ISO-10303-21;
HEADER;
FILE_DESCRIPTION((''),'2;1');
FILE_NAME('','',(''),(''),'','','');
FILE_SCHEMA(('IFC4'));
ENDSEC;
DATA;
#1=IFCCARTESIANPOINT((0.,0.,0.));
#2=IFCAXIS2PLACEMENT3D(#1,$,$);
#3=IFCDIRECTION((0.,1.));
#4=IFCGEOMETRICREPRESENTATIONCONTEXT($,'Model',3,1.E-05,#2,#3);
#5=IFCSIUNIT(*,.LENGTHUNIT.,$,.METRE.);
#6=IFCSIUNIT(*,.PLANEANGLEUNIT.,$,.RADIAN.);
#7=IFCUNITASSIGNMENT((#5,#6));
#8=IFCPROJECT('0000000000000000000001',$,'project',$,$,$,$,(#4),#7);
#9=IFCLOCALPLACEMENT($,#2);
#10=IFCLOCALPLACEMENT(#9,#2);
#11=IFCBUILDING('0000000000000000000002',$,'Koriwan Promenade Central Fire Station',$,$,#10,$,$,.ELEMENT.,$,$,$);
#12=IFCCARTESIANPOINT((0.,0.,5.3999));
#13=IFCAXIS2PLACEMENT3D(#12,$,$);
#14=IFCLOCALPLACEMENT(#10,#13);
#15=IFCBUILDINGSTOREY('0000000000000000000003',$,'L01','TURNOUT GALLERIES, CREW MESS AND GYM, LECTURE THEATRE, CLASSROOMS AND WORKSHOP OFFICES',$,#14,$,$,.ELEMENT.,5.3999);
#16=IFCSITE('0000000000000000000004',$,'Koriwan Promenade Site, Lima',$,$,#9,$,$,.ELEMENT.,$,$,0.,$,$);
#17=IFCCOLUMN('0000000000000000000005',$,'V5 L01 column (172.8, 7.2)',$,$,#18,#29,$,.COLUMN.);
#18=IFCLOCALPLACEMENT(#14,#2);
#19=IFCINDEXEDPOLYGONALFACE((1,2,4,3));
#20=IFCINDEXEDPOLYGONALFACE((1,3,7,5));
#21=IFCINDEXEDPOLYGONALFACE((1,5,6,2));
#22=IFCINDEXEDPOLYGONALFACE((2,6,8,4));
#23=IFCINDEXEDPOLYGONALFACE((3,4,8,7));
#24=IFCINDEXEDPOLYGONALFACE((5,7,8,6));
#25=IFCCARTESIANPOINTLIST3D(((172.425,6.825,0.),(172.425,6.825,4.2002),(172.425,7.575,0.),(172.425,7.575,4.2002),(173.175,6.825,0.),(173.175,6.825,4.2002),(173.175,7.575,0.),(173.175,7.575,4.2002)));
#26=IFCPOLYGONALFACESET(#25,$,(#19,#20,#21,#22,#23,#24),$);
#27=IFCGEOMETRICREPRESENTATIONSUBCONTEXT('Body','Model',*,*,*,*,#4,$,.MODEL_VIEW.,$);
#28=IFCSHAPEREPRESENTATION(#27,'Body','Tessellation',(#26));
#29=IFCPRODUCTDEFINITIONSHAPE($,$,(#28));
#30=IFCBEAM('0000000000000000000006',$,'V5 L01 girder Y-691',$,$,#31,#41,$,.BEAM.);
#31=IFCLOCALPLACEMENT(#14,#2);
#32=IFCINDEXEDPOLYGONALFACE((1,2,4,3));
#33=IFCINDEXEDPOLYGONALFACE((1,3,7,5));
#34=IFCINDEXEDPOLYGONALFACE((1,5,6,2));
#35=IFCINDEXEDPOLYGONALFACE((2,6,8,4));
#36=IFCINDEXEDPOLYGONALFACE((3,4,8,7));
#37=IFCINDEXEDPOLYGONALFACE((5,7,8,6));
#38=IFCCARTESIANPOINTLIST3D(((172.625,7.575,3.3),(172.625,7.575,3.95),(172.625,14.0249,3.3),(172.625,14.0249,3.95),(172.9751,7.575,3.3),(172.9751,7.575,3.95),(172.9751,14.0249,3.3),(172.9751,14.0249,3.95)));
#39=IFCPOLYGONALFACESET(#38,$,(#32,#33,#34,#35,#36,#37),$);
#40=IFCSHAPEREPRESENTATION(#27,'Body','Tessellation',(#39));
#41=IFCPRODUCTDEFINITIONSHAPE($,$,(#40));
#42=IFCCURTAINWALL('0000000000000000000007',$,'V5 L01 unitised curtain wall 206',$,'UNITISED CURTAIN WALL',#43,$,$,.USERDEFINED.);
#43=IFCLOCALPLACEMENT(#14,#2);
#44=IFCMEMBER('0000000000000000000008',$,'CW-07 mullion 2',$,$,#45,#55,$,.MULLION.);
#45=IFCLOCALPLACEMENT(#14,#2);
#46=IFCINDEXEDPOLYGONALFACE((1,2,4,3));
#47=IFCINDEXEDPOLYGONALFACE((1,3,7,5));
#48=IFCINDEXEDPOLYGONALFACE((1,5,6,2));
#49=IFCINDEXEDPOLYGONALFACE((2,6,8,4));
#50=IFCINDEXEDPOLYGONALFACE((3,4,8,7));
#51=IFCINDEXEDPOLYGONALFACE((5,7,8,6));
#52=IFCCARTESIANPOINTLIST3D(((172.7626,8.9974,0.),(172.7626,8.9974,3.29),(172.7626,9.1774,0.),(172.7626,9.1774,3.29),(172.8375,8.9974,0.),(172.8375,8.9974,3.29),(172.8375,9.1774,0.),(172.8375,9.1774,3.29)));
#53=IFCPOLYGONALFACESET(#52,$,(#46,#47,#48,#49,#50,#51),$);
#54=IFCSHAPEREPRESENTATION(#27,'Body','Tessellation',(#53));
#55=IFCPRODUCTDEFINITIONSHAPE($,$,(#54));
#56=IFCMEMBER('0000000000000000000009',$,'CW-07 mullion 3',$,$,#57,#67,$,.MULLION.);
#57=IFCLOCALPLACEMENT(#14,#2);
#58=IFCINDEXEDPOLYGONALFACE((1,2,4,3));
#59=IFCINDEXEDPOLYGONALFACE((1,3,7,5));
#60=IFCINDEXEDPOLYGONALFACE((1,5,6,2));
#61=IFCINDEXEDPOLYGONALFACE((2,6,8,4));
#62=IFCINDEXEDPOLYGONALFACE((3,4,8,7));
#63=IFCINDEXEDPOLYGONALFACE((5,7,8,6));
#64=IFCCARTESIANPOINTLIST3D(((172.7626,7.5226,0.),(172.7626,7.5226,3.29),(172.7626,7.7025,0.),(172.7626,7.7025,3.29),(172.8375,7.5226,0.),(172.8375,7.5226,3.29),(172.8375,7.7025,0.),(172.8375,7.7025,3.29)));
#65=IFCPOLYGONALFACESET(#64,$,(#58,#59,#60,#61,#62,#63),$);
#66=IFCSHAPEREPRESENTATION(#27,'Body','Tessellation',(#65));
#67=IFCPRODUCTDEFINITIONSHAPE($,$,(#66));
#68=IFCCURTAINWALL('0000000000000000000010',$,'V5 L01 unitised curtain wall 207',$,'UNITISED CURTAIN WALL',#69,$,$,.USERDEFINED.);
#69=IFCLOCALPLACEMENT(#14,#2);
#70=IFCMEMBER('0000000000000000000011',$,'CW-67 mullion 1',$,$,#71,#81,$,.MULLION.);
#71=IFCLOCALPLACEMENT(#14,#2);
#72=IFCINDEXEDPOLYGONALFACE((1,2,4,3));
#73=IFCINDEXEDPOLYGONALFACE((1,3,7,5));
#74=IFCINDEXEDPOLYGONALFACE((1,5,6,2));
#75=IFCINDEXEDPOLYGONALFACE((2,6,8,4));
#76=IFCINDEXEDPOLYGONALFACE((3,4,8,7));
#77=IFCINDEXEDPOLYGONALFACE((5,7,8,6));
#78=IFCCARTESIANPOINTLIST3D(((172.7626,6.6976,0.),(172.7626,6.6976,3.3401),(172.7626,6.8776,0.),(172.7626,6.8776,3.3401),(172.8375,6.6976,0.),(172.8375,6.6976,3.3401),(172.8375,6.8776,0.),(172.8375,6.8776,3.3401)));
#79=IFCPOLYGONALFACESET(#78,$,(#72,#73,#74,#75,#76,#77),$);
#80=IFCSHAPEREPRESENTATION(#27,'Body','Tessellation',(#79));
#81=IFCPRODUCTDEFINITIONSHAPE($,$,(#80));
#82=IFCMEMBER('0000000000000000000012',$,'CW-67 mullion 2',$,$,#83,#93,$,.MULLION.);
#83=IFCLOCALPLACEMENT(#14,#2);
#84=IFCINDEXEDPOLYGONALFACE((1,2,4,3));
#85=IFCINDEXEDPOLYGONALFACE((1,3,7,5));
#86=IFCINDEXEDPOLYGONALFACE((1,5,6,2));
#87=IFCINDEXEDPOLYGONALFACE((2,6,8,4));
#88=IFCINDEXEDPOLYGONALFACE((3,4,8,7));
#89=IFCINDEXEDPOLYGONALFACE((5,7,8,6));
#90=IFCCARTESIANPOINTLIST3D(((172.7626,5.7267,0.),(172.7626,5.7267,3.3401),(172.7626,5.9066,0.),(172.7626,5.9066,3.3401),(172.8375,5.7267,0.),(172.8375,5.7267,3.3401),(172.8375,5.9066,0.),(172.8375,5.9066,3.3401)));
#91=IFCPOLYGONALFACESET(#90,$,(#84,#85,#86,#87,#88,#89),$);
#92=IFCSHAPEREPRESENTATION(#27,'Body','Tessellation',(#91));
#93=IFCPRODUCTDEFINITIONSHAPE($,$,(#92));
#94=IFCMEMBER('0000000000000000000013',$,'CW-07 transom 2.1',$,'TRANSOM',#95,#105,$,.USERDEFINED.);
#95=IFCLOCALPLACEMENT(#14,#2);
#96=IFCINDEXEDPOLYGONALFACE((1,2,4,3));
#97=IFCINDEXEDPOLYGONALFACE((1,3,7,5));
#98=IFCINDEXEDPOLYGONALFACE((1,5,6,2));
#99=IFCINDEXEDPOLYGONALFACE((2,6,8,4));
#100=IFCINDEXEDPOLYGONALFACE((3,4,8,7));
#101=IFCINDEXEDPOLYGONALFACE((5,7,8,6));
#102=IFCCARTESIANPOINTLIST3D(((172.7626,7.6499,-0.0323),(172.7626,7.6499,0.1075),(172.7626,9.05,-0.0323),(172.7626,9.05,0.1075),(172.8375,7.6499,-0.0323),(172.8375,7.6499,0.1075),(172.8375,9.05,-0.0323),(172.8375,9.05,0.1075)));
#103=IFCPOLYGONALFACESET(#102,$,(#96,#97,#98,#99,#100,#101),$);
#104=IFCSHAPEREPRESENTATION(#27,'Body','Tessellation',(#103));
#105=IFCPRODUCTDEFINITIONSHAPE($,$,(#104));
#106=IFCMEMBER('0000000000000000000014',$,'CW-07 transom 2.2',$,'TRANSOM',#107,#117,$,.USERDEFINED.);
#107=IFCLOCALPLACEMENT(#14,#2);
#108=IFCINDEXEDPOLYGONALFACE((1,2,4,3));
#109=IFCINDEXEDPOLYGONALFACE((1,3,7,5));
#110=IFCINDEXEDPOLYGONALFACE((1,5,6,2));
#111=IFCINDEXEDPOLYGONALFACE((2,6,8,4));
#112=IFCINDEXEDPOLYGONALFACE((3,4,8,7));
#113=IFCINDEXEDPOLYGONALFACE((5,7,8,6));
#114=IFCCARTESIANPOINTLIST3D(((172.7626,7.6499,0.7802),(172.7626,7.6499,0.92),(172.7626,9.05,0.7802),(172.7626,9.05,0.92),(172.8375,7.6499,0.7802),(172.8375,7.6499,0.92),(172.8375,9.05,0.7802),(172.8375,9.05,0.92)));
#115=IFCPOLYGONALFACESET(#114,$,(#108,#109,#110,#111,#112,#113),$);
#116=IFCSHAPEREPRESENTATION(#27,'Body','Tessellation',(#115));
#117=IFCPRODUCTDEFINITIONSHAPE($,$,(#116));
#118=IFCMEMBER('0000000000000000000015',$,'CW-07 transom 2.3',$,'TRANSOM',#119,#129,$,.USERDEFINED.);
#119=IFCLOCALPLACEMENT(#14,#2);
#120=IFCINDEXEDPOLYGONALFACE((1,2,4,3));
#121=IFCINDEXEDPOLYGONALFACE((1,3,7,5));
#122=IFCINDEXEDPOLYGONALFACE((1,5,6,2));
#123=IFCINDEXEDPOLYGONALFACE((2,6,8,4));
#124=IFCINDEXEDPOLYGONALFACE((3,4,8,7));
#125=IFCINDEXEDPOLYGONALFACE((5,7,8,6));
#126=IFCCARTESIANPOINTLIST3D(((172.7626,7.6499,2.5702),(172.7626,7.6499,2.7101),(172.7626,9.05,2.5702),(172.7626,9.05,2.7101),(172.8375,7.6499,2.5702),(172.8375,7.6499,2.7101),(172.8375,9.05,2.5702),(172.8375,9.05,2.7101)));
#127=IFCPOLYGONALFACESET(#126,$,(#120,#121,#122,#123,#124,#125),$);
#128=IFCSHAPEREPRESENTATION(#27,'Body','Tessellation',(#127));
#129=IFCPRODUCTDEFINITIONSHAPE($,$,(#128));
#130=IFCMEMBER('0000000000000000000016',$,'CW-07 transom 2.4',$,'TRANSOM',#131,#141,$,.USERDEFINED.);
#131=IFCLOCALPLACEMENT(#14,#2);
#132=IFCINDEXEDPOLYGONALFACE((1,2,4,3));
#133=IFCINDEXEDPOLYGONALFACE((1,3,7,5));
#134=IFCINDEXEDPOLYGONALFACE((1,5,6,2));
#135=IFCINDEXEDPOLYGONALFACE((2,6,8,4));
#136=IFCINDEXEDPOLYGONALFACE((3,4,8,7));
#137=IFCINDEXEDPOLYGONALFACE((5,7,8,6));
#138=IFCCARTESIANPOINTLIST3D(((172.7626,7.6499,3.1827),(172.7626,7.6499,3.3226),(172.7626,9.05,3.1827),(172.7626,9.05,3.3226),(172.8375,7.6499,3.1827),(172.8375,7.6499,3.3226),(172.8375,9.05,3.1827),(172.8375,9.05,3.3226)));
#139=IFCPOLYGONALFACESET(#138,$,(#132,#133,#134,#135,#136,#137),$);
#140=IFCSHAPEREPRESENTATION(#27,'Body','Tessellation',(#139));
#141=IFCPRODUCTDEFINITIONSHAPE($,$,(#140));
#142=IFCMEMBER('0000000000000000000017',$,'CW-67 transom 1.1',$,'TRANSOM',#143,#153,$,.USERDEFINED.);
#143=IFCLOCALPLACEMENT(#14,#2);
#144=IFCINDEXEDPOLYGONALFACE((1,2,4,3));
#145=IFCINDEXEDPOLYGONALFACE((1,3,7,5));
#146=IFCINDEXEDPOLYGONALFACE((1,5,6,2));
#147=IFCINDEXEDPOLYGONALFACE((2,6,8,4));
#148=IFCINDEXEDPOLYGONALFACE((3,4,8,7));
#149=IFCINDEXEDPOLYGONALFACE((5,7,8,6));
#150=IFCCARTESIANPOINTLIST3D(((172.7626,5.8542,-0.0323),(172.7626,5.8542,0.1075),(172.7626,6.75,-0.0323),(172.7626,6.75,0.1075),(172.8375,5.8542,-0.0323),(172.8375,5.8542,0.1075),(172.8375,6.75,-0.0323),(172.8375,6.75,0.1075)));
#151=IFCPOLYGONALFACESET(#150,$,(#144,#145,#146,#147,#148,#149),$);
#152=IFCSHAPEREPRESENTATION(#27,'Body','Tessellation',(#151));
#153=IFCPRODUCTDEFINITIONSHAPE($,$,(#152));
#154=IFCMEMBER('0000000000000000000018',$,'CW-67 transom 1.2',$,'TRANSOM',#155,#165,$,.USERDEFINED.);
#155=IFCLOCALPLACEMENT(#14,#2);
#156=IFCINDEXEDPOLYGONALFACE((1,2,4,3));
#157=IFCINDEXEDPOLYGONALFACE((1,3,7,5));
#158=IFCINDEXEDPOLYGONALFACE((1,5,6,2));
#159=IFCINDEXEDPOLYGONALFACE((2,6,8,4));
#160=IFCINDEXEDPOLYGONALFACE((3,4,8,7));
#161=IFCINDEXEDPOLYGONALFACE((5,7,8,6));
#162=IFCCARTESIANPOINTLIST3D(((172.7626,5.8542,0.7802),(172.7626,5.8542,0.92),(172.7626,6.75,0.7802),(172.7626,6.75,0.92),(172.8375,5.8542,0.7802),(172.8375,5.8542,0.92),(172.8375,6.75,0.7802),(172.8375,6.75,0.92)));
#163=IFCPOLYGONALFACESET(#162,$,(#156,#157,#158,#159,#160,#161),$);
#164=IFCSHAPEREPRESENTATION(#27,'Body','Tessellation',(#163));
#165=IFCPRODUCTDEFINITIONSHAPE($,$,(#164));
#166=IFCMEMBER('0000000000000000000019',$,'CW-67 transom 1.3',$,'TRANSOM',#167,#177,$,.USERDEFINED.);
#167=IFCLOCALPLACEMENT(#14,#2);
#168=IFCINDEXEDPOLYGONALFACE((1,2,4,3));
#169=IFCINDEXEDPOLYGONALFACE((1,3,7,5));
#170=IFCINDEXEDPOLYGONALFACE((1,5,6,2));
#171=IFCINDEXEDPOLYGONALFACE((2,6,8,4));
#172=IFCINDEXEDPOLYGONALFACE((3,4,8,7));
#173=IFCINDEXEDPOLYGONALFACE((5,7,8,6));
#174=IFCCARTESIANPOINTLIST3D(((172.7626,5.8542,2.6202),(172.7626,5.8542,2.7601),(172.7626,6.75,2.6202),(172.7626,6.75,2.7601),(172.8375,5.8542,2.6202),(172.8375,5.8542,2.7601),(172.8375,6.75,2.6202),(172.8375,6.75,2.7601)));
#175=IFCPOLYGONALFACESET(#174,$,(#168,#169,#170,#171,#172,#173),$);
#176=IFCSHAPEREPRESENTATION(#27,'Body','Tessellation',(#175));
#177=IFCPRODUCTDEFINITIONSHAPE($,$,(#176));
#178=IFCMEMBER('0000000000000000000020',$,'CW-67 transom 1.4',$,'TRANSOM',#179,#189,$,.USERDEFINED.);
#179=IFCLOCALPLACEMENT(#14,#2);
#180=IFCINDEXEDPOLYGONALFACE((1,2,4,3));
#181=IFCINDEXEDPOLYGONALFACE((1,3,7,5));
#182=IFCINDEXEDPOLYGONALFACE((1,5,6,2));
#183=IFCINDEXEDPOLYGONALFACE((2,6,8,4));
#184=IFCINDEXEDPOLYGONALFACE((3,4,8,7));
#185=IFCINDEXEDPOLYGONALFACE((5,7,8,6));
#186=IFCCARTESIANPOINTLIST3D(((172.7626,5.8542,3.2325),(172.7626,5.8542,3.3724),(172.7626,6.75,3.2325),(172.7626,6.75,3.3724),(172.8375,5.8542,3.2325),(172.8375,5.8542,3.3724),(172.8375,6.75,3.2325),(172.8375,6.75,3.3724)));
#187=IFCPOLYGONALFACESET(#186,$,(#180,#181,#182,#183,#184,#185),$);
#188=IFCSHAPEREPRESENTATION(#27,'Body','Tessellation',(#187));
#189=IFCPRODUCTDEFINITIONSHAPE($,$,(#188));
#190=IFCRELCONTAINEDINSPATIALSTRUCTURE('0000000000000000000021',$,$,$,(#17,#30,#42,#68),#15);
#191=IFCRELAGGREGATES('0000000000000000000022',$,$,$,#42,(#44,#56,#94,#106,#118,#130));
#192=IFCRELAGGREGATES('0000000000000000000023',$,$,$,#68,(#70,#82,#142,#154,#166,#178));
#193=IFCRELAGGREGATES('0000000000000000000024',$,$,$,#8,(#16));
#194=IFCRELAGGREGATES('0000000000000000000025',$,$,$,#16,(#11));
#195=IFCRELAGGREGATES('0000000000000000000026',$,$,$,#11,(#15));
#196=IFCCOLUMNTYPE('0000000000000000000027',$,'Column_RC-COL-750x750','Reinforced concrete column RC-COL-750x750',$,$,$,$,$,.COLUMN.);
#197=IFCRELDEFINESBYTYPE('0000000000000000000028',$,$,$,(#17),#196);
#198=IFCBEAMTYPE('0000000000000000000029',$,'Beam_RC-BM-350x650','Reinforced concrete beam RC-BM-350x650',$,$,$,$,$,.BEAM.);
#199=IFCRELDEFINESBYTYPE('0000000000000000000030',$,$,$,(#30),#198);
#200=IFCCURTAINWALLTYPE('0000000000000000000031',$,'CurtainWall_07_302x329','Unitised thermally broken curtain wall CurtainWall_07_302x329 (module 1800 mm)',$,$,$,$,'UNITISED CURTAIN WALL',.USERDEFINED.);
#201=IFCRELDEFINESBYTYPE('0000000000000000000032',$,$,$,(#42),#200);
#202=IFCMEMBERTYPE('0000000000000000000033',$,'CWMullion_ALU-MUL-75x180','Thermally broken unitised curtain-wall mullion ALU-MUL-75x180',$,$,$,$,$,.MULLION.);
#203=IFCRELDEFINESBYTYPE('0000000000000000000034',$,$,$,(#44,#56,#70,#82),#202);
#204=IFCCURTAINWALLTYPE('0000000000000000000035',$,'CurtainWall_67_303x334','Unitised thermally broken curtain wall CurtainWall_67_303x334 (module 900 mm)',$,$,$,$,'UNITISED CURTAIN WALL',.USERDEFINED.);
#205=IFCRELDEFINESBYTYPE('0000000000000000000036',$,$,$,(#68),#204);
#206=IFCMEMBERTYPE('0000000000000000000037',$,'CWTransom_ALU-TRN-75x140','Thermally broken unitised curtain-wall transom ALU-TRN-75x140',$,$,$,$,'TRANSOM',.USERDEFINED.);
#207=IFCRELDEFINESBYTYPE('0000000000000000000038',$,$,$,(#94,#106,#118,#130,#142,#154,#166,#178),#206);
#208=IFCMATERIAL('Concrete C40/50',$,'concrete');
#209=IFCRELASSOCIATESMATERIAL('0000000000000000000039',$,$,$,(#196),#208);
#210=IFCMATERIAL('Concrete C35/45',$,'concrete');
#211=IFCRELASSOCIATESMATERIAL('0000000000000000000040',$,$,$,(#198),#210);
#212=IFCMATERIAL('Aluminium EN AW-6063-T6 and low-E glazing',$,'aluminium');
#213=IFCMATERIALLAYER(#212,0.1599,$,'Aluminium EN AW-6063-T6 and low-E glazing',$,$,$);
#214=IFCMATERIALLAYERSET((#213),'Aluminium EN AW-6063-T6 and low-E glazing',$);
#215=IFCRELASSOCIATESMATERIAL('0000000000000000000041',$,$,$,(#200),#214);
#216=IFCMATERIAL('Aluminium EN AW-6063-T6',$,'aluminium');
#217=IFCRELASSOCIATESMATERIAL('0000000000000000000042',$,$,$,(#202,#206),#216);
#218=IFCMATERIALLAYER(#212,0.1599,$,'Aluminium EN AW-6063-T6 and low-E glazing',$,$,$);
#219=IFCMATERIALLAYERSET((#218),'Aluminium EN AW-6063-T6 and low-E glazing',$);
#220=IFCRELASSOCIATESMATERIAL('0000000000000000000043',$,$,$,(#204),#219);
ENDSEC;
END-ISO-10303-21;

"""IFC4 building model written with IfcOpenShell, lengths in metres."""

from ifc_helpers import new_model, si_unit, direction, frame, origin, origin_2d, place, context, subcontext, project, spatial, rectangle, extrude, material, layer, layer_set, material_profile, profile_set, type_object, element, aggregate, save


model = new_model("IFC4")

# Units and contexts
model_context = context("Model", 3, precision=1e-05, world=origin(), true_north=direction((0.0, 1.0)))
body_context = subcontext(model_context, "Body", "Model", "MODEL_VIEW")
ifc_project = project(units=[si_unit("LENGTHUNIT", "METRE"), si_unit("PLANEANGLEUNIT", "RADIAN")], contexts=[model_context])

# Site, building, storey
site_placement = place(None, origin())
site = spatial("IfcSite", under=ifc_project, at=site_placement, Name="Koriwan Promenade Site, Lima", CompositionType="ELEMENT", RefElevation=0.0)
building_placement = place(site_placement, origin())
building = spatial("IfcBuilding", under=site, at=building_placement, Name="Koriwan Promenade Central Fire Station", CompositionType="ELEMENT")
storey_placement = place(building_placement, frame((0.0, 0.0, 5.3999)))
storey = spatial("IfcBuildingStorey", under=building, at=storey_placement, Name="L01", Description="TURNOUT GALLERIES, CREW MESS AND GYM, LECTURE THEATRE, CLASSROOMS AND WORKSHOP OFFICES", CompositionType="ELEMENT", Elevation=5.3999)

# Column
ifc_material_1 = material(Name="Concrete C40/50", Category="concrete")
ifc_material_profile_1 = material_profile(ifc_material_1, rectangle(XDim=0.75, YDim=0.75, at=origin_2d()), Name="RC-COL-750x750")
ifc_profile_set_1 = profile_set([ifc_material_profile_1], Name="Concrete C40/50")
column_type = type_object("IfcColumnType", Name="Column_RC-COL-750x750", Description="Reinforced concrete column RC-COL-750x750", PredefinedType="COLUMN", material=ifc_profile_set_1)
column_placement = place(storey_placement, frame((172.8, 7.2, 0.0), z_axis=(0.0, 0.0, 1.0), x_axis=(1.0, 0.0, 0.0)))
element("IfcColumn", 1, at=column_placement, inside=storey, type_object=column_type, Name="V5 L01 column (172.8, 7.2)", PredefinedType="COLUMN", context=body_context, shape_type="SweptSolid", body=[
    extrude(rectangle(XDim=0.75, YDim=0.75, at=origin_2d()), origin(), (0.0, 0.0, 1.0), 4.2002),
])

# Beam
ifc_material_2 = material(Name="Concrete C35/45", Category="concrete")
ifc_material_profile_2 = material_profile(ifc_material_2, rectangle(XDim=0.3501, YDim=0.6499, at=origin_2d()), Name="RC-BM-350x650")
ifc_profile_set_2 = profile_set([ifc_material_profile_2], Name="Concrete C35/45")
beam_type = type_object("IfcBeamType", Name="Beam_RC-BM-350x650", Description="Reinforced concrete beam RC-BM-350x650", PredefinedType="BEAM", material=ifc_profile_set_2)
beam_placement = place(storey_placement, frame((172.8, 7.575, 3.625), z_axis=(0.0, 1.0, 0.0), x_axis=(-1.0, 0.0, 0.0)))
element("IfcBeam", 2, at=beam_placement, inside=storey, type_object=beam_type, Name="V5 L01 girder Y-691", PredefinedType="BEAM", context=body_context, shape_type="SweptSolid", body=[
    extrude(rectangle(XDim=0.3501, YDim=0.6499, at=origin_2d()), origin(), (0.0, 0.0, 1.0), 6.45),
])

# Curtain walls, members
ifc_material_3 = material(Name="Aluminium EN AW-6063-T6 and low-E glazing", Category="aluminium")
ifc_layer_1 = layer(ifc_material_3, 0.1599, Name="Aluminium EN AW-6063-T6 and low-E glazing")
ifc_layer_set_1 = layer_set([ifc_layer_1], Name="Aluminium EN AW-6063-T6 and low-E glazing")
curtain_wall_type_1 = type_object("IfcCurtainWallType", Name="CurtainWall_07_302x329", Description="Unitised thermally broken curtain wall CurtainWall_07_302x329 (module 1800 mm)", ElementType="UNITISED CURTAIN WALL", PredefinedType="USERDEFINED", material=ifc_layer_set_1)
curtain_wall_1_placement = place(storey_placement, origin())
curtain_wall_1 = element("IfcCurtainWall", 3, at=curtain_wall_1_placement, inside=storey, type_object=curtain_wall_type_1, Name="V5 L01 unitised curtain wall 206", ObjectType="UNITISED CURTAIN WALL", PredefinedType="USERDEFINED")
ifc_material_4 = material(Name="Aluminium EN AW-6063-T6", Category="aluminium")
ifc_material_profile_3 = material_profile(ifc_material_4, rectangle(XDim=0.075, YDim=0.1799, at=origin_2d()), Name="ALU-MUL-75x180")
ifc_profile_set_3 = profile_set([ifc_material_profile_3], Name="Aluminium EN AW-6063-T6")
member_type_1 = type_object("IfcMemberType", Name="CWMullion_ALU-MUL-75x180", Description="Thermally broken unitised curtain-wall mullion ALU-MUL-75x180", PredefinedType="MULLION", material=ifc_profile_set_3)
member_1_placement = place(storey_placement, frame((172.8, 9.0874, 0.0), z_axis=(0.0, 0.0, 1.0), x_axis=(1.0, 0.0, 0.0)))
member_1 = element("IfcMember", 4, at=member_1_placement, type_object=member_type_1, Name="CW-07 mullion 2", PredefinedType="MULLION", context=body_context, shape_type="SweptSolid", body=[
    extrude(rectangle(XDim=0.075, YDim=0.1799, at=origin_2d()), origin(), (0.0, 0.0, 1.0), 3.29),
])
member_2_placement = place(storey_placement, frame((172.8, 7.6125, 0.0), z_axis=(0.0, 0.0, 1.0), x_axis=(1.0, 0.0, 0.0)))
member_2 = element("IfcMember", 5, at=member_2_placement, type_object=member_type_1, Name="CW-07 mullion 3", PredefinedType="MULLION", context=body_context, shape_type="SweptSolid", body=[
    extrude(rectangle(XDim=0.075, YDim=0.1799, at=origin_2d()), origin(), (0.0, 0.0, 1.0), 3.29),
])
ifc_layer_2 = layer(ifc_material_3, 0.1599, Name="Aluminium EN AW-6063-T6 and low-E glazing")
ifc_layer_set_2 = layer_set([ifc_layer_2], Name="Aluminium EN AW-6063-T6 and low-E glazing")
curtain_wall_type_2 = type_object("IfcCurtainWallType", Name="CurtainWall_67_303x334", Description="Unitised thermally broken curtain wall CurtainWall_67_303x334 (module 900 mm)", ElementType="UNITISED CURTAIN WALL", PredefinedType="USERDEFINED", material=ifc_layer_set_2)
curtain_wall_2_placement = place(storey_placement, origin())
curtain_wall_2 = element("IfcCurtainWall", 6, at=curtain_wall_2_placement, inside=storey, type_object=curtain_wall_type_2, Name="V5 L01 unitised curtain wall 207", ObjectType="UNITISED CURTAIN WALL", PredefinedType="USERDEFINED")
member_3_placement = place(storey_placement, frame((172.8, 6.7876, 0.0), z_axis=(0.0, 0.0, 1.0), x_axis=(1.0, 0.0, 0.0)))
member_3 = element("IfcMember", 7, at=member_3_placement, type_object=member_type_1, Name="CW-67 mullion 1", PredefinedType="MULLION", context=body_context, shape_type="SweptSolid", body=[
    extrude(rectangle(XDim=0.075, YDim=0.1799, at=origin_2d()), origin(), (0.0, 0.0, 1.0), 3.3401),
])
member_4_placement = place(storey_placement, frame((172.8, 5.8167, 0.0), z_axis=(0.0, 0.0, 1.0), x_axis=(1.0, 0.0, 0.0)))
member_4 = element("IfcMember", 8, at=member_4_placement, type_object=member_type_1, Name="CW-67 mullion 2", PredefinedType="MULLION", context=body_context, shape_type="SweptSolid", body=[
    extrude(rectangle(XDim=0.075, YDim=0.1799, at=origin_2d()), origin(), (0.0, 0.0, 1.0), 3.3401),
])

# Members
ifc_material_profile_4 = material_profile(ifc_material_4, rectangle(XDim=0.075, YDim=0.1399, at=origin_2d()), Name="ALU-TRN-75x140")
ifc_profile_set_4 = profile_set([ifc_material_profile_4], Name="Aluminium EN AW-6063-T6")
member_type_2 = type_object("IfcMemberType", Name="CWTransom_ALU-TRN-75x140", Description="Thermally broken unitised curtain-wall transom ALU-TRN-75x140", ElementType="TRANSOM", PredefinedType="USERDEFINED", material=ifc_profile_set_4)
member_5_placement = place(storey_placement, frame((172.8, 9.05, 0.0376), z_axis=(0.0, -1.0, 0.0), x_axis=(1.0, 0.0, 0.0)))
member_5 = element("IfcMember", 9, at=member_5_placement, type_object=member_type_2, Name="CW-07 transom 2.1", ObjectType="TRANSOM", PredefinedType="USERDEFINED", context=body_context, shape_type="SweptSolid", body=[
    extrude(rectangle(XDim=0.075, YDim=0.1399, at=origin_2d()), origin(), (0.0, 0.0, 1.0), 1.4001),
])
member_6_placement = place(storey_placement, frame((172.8, 9.05, 0.8501), z_axis=(0.0, -1.0, 0.0), x_axis=(1.0, 0.0, 0.0)))
member_6 = element("IfcMember", 10, at=member_6_placement, type_object=member_type_2, Name="CW-07 transom 2.2", ObjectType="TRANSOM", PredefinedType="USERDEFINED", context=body_context, shape_type="SweptSolid", body=[
    extrude(rectangle(XDim=0.075, YDim=0.1399, at=origin_2d()), origin(), (0.0, 0.0, 1.0), 1.4001),
])
member_7_placement = place(storey_placement, frame((172.8, 9.05, 2.6401), z_axis=(0.0, -1.0, 0.0), x_axis=(1.0, 0.0, 0.0)))
member_7 = element("IfcMember", 11, at=member_7_placement, type_object=member_type_2, Name="CW-07 transom 2.3", ObjectType="TRANSOM", PredefinedType="USERDEFINED", context=body_context, shape_type="SweptSolid", body=[
    extrude(rectangle(XDim=0.075, YDim=0.1399, at=origin_2d()), origin(), (0.0, 0.0, 1.0), 1.4001),
])
member_8_placement = place(storey_placement, frame((172.8, 9.05, 3.2527), z_axis=(0.0, -1.0, 0.0), x_axis=(1.0, 0.0, 0.0)))
member_8 = element("IfcMember", 12, at=member_8_placement, type_object=member_type_2, Name="CW-07 transom 2.4", ObjectType="TRANSOM", PredefinedType="USERDEFINED", context=body_context, shape_type="SweptSolid", body=[
    extrude(rectangle(XDim=0.075, YDim=0.1399, at=origin_2d()), origin(), (0.0, 0.0, 1.0), 1.4001),
])
member_9_placement = place(storey_placement, frame((172.8, 6.75, 0.0376), z_axis=(0.0, -1.0, 0.0), x_axis=(1.0, 0.0, 0.0)))
member_9 = element("IfcMember", 13, at=member_9_placement, type_object=member_type_2, Name="CW-67 transom 1.1", ObjectType="TRANSOM", PredefinedType="USERDEFINED", context=body_context, shape_type="SweptSolid", body=[
    extrude(rectangle(XDim=0.075, YDim=0.1399, at=origin_2d()), origin(), (0.0, 0.0, 1.0), 0.8958),
])
member_10_placement = place(storey_placement, frame((172.8, 6.75, 0.8501), z_axis=(0.0, -1.0, 0.0), x_axis=(1.0, 0.0, 0.0)))
member_10 = element("IfcMember", 14, at=member_10_placement, type_object=member_type_2, Name="CW-67 transom 1.2", ObjectType="TRANSOM", PredefinedType="USERDEFINED", context=body_context, shape_type="SweptSolid", body=[
    extrude(rectangle(XDim=0.075, YDim=0.1399, at=origin_2d()), origin(), (0.0, 0.0, 1.0), 0.8958),
])
member_11_placement = place(storey_placement, frame((172.8, 6.75, 2.6902), z_axis=(0.0, -1.0, 0.0), x_axis=(1.0, 0.0, 0.0)))
member_11 = element("IfcMember", 15, at=member_11_placement, type_object=member_type_2, Name="CW-67 transom 1.3", ObjectType="TRANSOM", PredefinedType="USERDEFINED", context=body_context, shape_type="SweptSolid", body=[
    extrude(rectangle(XDim=0.075, YDim=0.1399, at=origin_2d()), origin(), (0.0, 0.0, 1.0), 0.8958),
])
member_12_placement = place(storey_placement, frame((172.8, 6.75, 3.3025), z_axis=(0.0, -1.0, 0.0), x_axis=(1.0, 0.0, 0.0)))
member_12 = element("IfcMember", 16, at=member_12_placement, type_object=member_type_2, Name="CW-67 transom 1.4", ObjectType="TRANSOM", PredefinedType="USERDEFINED", context=body_context, shape_type="SweptSolid", body=[
    extrude(rectangle(XDim=0.075, YDim=0.1399, at=origin_2d()), origin(), (0.0, 0.0, 1.0), 0.8958),
])

aggregate(curtain_wall_1, [member_1, member_2, member_5, member_6, member_7, member_8])
aggregate(curtain_wall_2, [member_3, member_4, member_9, member_10, member_11, member_12])

save(model, "model.ifc")
